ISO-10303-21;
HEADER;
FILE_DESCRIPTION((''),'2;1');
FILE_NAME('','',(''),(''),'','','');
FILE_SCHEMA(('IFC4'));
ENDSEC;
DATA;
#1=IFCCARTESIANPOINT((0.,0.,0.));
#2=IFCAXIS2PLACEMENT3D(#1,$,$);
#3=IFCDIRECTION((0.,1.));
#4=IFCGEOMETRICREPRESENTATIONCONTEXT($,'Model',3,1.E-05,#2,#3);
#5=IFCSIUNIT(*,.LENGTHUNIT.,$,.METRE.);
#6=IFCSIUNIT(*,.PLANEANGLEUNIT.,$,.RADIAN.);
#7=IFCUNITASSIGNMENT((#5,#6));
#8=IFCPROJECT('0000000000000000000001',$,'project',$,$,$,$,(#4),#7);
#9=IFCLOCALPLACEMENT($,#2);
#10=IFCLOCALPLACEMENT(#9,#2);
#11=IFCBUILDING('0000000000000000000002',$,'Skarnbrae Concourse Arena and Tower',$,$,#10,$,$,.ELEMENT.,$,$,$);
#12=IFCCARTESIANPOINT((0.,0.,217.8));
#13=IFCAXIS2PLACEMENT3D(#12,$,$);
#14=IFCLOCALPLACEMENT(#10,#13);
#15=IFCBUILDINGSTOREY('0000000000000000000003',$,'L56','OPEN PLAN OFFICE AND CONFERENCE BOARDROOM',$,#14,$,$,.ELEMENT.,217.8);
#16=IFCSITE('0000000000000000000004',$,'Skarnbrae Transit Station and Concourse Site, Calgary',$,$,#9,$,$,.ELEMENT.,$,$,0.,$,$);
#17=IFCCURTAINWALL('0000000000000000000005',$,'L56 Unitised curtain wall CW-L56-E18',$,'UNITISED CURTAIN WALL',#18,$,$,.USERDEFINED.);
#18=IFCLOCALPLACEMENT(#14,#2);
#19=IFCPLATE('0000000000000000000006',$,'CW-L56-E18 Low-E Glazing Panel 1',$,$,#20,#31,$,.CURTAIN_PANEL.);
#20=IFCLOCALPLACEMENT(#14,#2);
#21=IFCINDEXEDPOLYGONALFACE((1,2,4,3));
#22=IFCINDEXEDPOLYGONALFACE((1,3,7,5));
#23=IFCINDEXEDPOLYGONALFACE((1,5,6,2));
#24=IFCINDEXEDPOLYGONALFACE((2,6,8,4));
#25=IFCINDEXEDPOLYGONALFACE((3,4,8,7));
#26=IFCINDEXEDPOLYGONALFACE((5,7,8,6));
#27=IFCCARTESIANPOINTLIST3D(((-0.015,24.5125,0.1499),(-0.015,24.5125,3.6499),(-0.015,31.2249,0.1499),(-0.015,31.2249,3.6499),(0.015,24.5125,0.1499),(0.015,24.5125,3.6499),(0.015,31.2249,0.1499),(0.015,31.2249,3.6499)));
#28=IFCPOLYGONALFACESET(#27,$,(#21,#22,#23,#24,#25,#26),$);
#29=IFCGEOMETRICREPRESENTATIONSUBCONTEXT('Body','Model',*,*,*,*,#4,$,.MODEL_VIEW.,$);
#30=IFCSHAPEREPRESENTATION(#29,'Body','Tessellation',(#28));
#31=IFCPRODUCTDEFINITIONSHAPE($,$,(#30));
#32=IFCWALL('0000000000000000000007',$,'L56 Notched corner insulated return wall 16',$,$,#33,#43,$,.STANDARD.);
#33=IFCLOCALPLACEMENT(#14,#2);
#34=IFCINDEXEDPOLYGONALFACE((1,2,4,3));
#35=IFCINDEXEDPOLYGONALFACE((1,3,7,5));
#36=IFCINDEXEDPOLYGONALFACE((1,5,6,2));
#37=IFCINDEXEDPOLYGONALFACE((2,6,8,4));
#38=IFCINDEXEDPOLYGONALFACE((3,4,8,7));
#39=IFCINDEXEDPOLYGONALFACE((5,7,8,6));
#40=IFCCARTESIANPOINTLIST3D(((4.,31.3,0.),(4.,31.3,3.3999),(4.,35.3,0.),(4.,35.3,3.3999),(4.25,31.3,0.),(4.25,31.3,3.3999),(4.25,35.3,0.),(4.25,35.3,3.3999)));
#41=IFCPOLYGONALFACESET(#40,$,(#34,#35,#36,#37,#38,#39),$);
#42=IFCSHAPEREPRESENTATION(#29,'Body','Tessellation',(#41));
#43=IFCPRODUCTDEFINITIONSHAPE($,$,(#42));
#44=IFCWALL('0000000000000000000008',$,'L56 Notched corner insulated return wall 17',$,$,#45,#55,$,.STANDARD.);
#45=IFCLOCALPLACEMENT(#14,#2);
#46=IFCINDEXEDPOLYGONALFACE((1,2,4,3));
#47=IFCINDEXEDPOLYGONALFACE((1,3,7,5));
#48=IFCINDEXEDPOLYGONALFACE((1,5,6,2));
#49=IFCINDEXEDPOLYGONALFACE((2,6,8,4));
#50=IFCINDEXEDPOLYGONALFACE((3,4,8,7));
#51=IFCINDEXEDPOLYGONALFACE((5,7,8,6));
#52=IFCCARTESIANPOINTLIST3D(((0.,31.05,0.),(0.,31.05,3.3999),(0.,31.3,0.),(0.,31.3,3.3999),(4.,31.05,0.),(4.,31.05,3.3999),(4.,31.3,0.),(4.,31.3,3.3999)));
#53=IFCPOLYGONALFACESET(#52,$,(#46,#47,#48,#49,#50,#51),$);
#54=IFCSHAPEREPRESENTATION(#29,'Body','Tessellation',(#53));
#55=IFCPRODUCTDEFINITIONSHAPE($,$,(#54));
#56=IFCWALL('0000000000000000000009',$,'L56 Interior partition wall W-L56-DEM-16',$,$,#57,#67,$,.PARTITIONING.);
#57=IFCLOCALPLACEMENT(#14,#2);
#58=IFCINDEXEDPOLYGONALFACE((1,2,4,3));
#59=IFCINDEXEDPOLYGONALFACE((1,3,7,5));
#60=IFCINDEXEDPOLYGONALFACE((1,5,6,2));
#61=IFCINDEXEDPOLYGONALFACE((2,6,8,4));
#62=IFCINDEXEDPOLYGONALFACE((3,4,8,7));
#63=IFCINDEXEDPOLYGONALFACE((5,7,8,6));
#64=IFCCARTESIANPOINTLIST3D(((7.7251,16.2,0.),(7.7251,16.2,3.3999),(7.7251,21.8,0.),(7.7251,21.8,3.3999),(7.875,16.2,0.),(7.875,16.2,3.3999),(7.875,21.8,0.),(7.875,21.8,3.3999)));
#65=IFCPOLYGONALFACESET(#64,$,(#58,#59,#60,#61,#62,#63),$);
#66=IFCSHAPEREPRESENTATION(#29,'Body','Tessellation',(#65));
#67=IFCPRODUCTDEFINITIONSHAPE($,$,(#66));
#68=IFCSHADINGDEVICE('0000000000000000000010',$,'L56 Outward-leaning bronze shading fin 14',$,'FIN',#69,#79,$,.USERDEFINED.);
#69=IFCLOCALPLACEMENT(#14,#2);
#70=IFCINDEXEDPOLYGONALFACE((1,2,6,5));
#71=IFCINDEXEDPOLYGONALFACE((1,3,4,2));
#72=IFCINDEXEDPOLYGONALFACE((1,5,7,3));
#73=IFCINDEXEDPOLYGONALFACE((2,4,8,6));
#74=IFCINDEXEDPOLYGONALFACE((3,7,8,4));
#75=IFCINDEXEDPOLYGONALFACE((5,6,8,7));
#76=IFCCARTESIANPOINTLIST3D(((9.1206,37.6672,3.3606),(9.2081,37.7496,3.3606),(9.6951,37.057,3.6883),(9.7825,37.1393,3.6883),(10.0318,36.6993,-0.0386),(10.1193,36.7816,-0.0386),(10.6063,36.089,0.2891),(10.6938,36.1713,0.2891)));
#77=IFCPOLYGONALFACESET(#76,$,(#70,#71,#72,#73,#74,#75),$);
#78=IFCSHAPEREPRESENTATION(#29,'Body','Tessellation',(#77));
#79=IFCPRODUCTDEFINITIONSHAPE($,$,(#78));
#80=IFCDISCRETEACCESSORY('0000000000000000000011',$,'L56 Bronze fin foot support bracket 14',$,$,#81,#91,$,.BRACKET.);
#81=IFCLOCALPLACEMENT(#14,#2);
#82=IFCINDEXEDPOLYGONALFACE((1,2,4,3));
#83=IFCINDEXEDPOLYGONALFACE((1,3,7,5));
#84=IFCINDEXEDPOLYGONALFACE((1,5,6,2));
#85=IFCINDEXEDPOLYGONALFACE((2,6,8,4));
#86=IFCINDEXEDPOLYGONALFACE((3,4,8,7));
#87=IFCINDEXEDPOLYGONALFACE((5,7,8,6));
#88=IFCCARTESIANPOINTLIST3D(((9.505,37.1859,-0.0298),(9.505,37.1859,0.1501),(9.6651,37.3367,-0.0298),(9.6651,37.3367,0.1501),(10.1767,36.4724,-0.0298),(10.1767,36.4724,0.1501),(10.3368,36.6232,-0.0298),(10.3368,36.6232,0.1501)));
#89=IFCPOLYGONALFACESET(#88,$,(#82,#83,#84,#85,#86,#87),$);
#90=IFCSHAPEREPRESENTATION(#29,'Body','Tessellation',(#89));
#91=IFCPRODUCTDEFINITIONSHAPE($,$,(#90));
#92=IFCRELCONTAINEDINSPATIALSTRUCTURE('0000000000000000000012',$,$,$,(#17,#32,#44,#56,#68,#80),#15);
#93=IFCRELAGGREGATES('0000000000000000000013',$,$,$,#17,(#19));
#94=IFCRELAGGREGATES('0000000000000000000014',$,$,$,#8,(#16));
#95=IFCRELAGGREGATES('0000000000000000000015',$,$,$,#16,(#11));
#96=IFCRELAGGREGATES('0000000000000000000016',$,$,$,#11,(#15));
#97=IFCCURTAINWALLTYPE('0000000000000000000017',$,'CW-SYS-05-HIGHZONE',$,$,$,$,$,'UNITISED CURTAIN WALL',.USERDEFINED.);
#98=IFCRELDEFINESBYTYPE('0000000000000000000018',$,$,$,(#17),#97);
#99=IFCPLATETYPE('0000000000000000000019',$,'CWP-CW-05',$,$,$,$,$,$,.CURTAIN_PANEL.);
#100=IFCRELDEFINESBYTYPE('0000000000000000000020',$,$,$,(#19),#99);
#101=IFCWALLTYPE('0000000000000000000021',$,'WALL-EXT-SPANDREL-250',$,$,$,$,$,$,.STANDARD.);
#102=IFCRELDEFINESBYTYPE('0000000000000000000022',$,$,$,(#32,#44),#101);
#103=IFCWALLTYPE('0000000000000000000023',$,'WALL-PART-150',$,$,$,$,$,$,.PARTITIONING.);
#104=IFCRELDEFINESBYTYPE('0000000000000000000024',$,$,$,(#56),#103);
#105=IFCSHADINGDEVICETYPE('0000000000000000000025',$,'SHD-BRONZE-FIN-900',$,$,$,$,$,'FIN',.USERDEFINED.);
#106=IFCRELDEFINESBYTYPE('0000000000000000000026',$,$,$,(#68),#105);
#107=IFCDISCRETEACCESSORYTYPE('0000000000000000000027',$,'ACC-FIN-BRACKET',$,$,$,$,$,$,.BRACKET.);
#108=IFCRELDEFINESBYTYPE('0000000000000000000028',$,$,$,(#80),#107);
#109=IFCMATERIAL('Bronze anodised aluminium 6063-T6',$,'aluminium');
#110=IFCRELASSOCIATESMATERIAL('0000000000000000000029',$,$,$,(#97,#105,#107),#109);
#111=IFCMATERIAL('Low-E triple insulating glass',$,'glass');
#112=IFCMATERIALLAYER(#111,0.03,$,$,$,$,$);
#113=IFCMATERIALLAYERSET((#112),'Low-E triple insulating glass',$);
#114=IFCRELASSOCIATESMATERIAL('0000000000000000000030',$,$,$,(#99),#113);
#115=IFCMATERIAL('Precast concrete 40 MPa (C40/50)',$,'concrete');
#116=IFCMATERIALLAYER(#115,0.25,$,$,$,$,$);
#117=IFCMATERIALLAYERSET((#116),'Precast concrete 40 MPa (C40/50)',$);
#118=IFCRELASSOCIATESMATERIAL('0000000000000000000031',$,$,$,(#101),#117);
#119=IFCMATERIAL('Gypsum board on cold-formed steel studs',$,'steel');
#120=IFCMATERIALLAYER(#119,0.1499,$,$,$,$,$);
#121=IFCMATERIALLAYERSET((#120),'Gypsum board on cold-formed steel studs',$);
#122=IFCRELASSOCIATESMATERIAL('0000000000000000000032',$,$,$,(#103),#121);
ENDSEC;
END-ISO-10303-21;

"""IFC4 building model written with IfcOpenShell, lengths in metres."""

from ifc_helpers import new_model, si_unit, direction, frame, frame_2d, origin, origin_2d, place, context, subcontext, project, spatial, rectangle, extrude, source, transform, mapped, material, layer, layer_set, type_object, element, aggregate, save


model = new_model("IFC4")

# Units and contexts
model_context = context("Model", 3, precision=1e-05, world=origin(), true_north=direction((0.0, 1.0)))
body_context = subcontext(model_context, "Body", "Model", "MODEL_VIEW")
ifc_project = project(units=[si_unit("LENGTHUNIT", "METRE"), si_unit("PLANEANGLEUNIT", "RADIAN")], contexts=[model_context])

# Site, building, storey
site_placement = place(None, origin())
site = spatial("IfcSite", under=ifc_project, at=site_placement, Name="Skarnbrae Transit Station and Concourse Site, Calgary", CompositionType="ELEMENT", RefElevation=0.0)
building_placement = place(site_placement, origin())
building = spatial("IfcBuilding", under=site, at=building_placement, Name="Skarnbrae Concourse Arena and Tower", CompositionType="ELEMENT")
storey_placement = place(building_placement, frame((0.0, 0.0, 217.8)))
storey = spatial("IfcBuildingStorey", under=building, at=storey_placement, Name="L56", Description="OPEN PLAN OFFICE AND CONFERENCE BOARDROOM", CompositionType="ELEMENT", Elevation=217.8)

# Shared definitions
ifc_material_1 = material(Name="Bronze anodised aluminium 6063-T6", Category="aluminium")
curtain_wall_type = type_object("IfcCurtainWallType", Name="CW-SYS-05-HIGHZONE", ElementType="UNITISED CURTAIN WALL", PredefinedType="USERDEFINED", material=ifc_material_1)

# Curtain wall
curtain_wall_1_placement = place(storey_placement, origin())
curtain_wall_1 = element("IfcCurtainWall", 1, at=curtain_wall_1_placement, inside=storey, type_object=curtain_wall_type, Name="L56 Unitised curtain wall CW-L56-E18", ObjectType="UNITISED CURTAIN WALL", PredefinedType="USERDEFINED")

# Plate
ifc_material_2 = material(Name="Low-E triple insulating glass", Category="glass")
ifc_layer_1 = layer(ifc_material_2, 0.03)
ifc_layer_set_1 = layer_set([ifc_layer_1], Name="Low-E triple insulating glass")
plate_type = type_object("IfcPlateType", Name="CWP-CW-05", PredefinedType="CURTAIN_PANEL", material=ifc_layer_set_1)
shared_shape_1 = source(origin(), body_context, "Body", "SweptSolid", [
    extrude(rectangle(XDim=6.7124, YDim=0.03, at=origin_2d()), origin(), (0.0, 0.0, 1.0), 3.5),
])
plate_1_placement = place(storey_placement, frame((0.0, 27.8687, 0.1499), z_axis=(0.0, 0.0, 1.0), x_axis=(0.0, -1.0, 0.0)))
plate_1 = element("IfcPlate", 2, at=plate_1_placement, type_object=plate_type, Name="CW-L56-E18 Low-E Glazing Panel 1", PredefinedType="CURTAIN_PANEL", context=body_context, shape_type="MappedRepresentation", body=[
    mapped(shared_shape_1, transform((0.0, 0.0, 0.0))),
])
aggregate(curtain_wall_1, [plate_1])

# Walls
ifc_material_3 = material(Name="Precast concrete 40 MPa (C40/50)", Category="concrete")
ifc_layer_2 = layer(ifc_material_3, 0.25)
ifc_layer_set_2 = layer_set([ifc_layer_2], Name="Precast concrete 40 MPa (C40/50)")
wall_type_1 = type_object("IfcWallType", Name="WALL-EXT-SPANDREL-250", PredefinedType="STANDARD", material=ifc_layer_set_2)
shared_shape_2 = source(origin(), body_context, "Body", "SweptSolid", [
    extrude(rectangle(XDim=4.0, YDim=0.25, at=frame_2d((2.0, 0.0))), origin(), (0.0, 0.0, 1.0), 3.3999),
])
for number, where, z_axis, x_axis, name in (
    (3, (4.125, 35.3, 0.0), (0.0, 0.0, 1.0), (0.0, -1.0, 0.0), "L56 Notched corner insulated return wall 16"),
    (4, (4.0, 31.175, 0.0), (0.0, 0.0, 1.0), (-1.0, 0.0, 0.0), "L56 Notched corner insulated return wall 17"),
):
    element("IfcWall", number, at=place(storey_placement, frame(where, z_axis=z_axis, x_axis=x_axis)), inside=storey, type_object=wall_type_1, Name=name, PredefinedType="STANDARD", context=body_context, shape_type="MappedRepresentation", body=[
        mapped(shared_shape_2, transform((0.0, 0.0, 0.0))),
    ])
ifc_material_4 = material(Name="Gypsum board on cold-formed steel studs", Category="steel")
ifc_layer_3 = layer(ifc_material_4, 0.1499)
ifc_layer_set_3 = layer_set([ifc_layer_3], Name="Gypsum board on cold-formed steel studs")
wall_type_2 = type_object("IfcWallType", Name="WALL-PART-150", PredefinedType="PARTITIONING", material=ifc_layer_set_3)
shared_shape_3 = source(origin(), body_context, "Body", "SweptSolid", [
    extrude(rectangle(XDim=5.6001, YDim=0.1499, at=frame_2d((2.8, 0.0))), origin(), (0.0, 0.0, 1.0), 3.3999),
])
wall_placement = place(storey_placement, frame((7.8, 21.8, 0.0), z_axis=(0.0, 0.0, 1.0), x_axis=(0.0, -1.0, 0.0)))
element("IfcWall", 5, at=wall_placement, inside=storey, type_object=wall_type_2, Name="L56 Interior partition wall W-L56-DEM-16", PredefinedType="PARTITIONING", context=body_context, shape_type="MappedRepresentation", body=[
    mapped(shared_shape_3, transform((0.0, 0.0, 0.0))),
])

# Shading device
shading_device_type = type_object("IfcShadingDeviceType", Name="SHD-BRONZE-FIN-900", ElementType="FIN", PredefinedType="USERDEFINED", material=ifc_material_1)
shared_shape_4 = source(origin(), body_context, "Body", "SweptSolid", [
    extrude(rectangle(XDim=0.1201, YDim=0.8999, at=origin_2d()), origin(), (0.0, 0.0, 1.0), 3.6499),
])
shading_device_placement = place(storey_placement, frame((10.3628, 36.4353, 0.1252), z_axis=(-0.249655, 0.265205, 0.93131), x_axis=(0.728132, 0.685437, 0.0)))
element("IfcShadingDevice", 6, at=shading_device_placement, inside=storey, type_object=shading_device_type, Name="L56 Outward-leaning bronze shading fin 14", ObjectType="FIN", PredefinedType="USERDEFINED", context=body_context, shape_type="MappedRepresentation", body=[
    mapped(shared_shape_4, transform((0.0, 0.0, 0.0))),
])

# Discrete accessory
discrete_accessory_type = type_object("IfcDiscreteAccessoryType", Name="ACC-FIN-BRACKET", PredefinedType="BRACKET", material=ifc_material_1)
shared_shape_5 = source(origin(), body_context, "Body", "SweptSolid", [
    extrude(rectangle(XDim=0.22, YDim=0.98, at=origin_2d()), origin(), (0.0, 0.0, 1.0), 0.1799),
])
discrete_accessory_placement = place(storey_placement, frame((9.9209, 36.9045, -0.0298), z_axis=(0.0, 0.0, 1.0), x_axis=(0.728132, 0.685437, 0.0)))
element("IfcDiscreteAccessory", 7, at=discrete_accessory_placement, inside=storey, type_object=discrete_accessory_type, Name="L56 Bronze fin foot support bracket 14", PredefinedType="BRACKET", context=body_context, shape_type="MappedRepresentation", body=[
    mapped(shared_shape_5, transform((0.0, 0.0, 0.0))),
])

save(model, "model.ifc")
